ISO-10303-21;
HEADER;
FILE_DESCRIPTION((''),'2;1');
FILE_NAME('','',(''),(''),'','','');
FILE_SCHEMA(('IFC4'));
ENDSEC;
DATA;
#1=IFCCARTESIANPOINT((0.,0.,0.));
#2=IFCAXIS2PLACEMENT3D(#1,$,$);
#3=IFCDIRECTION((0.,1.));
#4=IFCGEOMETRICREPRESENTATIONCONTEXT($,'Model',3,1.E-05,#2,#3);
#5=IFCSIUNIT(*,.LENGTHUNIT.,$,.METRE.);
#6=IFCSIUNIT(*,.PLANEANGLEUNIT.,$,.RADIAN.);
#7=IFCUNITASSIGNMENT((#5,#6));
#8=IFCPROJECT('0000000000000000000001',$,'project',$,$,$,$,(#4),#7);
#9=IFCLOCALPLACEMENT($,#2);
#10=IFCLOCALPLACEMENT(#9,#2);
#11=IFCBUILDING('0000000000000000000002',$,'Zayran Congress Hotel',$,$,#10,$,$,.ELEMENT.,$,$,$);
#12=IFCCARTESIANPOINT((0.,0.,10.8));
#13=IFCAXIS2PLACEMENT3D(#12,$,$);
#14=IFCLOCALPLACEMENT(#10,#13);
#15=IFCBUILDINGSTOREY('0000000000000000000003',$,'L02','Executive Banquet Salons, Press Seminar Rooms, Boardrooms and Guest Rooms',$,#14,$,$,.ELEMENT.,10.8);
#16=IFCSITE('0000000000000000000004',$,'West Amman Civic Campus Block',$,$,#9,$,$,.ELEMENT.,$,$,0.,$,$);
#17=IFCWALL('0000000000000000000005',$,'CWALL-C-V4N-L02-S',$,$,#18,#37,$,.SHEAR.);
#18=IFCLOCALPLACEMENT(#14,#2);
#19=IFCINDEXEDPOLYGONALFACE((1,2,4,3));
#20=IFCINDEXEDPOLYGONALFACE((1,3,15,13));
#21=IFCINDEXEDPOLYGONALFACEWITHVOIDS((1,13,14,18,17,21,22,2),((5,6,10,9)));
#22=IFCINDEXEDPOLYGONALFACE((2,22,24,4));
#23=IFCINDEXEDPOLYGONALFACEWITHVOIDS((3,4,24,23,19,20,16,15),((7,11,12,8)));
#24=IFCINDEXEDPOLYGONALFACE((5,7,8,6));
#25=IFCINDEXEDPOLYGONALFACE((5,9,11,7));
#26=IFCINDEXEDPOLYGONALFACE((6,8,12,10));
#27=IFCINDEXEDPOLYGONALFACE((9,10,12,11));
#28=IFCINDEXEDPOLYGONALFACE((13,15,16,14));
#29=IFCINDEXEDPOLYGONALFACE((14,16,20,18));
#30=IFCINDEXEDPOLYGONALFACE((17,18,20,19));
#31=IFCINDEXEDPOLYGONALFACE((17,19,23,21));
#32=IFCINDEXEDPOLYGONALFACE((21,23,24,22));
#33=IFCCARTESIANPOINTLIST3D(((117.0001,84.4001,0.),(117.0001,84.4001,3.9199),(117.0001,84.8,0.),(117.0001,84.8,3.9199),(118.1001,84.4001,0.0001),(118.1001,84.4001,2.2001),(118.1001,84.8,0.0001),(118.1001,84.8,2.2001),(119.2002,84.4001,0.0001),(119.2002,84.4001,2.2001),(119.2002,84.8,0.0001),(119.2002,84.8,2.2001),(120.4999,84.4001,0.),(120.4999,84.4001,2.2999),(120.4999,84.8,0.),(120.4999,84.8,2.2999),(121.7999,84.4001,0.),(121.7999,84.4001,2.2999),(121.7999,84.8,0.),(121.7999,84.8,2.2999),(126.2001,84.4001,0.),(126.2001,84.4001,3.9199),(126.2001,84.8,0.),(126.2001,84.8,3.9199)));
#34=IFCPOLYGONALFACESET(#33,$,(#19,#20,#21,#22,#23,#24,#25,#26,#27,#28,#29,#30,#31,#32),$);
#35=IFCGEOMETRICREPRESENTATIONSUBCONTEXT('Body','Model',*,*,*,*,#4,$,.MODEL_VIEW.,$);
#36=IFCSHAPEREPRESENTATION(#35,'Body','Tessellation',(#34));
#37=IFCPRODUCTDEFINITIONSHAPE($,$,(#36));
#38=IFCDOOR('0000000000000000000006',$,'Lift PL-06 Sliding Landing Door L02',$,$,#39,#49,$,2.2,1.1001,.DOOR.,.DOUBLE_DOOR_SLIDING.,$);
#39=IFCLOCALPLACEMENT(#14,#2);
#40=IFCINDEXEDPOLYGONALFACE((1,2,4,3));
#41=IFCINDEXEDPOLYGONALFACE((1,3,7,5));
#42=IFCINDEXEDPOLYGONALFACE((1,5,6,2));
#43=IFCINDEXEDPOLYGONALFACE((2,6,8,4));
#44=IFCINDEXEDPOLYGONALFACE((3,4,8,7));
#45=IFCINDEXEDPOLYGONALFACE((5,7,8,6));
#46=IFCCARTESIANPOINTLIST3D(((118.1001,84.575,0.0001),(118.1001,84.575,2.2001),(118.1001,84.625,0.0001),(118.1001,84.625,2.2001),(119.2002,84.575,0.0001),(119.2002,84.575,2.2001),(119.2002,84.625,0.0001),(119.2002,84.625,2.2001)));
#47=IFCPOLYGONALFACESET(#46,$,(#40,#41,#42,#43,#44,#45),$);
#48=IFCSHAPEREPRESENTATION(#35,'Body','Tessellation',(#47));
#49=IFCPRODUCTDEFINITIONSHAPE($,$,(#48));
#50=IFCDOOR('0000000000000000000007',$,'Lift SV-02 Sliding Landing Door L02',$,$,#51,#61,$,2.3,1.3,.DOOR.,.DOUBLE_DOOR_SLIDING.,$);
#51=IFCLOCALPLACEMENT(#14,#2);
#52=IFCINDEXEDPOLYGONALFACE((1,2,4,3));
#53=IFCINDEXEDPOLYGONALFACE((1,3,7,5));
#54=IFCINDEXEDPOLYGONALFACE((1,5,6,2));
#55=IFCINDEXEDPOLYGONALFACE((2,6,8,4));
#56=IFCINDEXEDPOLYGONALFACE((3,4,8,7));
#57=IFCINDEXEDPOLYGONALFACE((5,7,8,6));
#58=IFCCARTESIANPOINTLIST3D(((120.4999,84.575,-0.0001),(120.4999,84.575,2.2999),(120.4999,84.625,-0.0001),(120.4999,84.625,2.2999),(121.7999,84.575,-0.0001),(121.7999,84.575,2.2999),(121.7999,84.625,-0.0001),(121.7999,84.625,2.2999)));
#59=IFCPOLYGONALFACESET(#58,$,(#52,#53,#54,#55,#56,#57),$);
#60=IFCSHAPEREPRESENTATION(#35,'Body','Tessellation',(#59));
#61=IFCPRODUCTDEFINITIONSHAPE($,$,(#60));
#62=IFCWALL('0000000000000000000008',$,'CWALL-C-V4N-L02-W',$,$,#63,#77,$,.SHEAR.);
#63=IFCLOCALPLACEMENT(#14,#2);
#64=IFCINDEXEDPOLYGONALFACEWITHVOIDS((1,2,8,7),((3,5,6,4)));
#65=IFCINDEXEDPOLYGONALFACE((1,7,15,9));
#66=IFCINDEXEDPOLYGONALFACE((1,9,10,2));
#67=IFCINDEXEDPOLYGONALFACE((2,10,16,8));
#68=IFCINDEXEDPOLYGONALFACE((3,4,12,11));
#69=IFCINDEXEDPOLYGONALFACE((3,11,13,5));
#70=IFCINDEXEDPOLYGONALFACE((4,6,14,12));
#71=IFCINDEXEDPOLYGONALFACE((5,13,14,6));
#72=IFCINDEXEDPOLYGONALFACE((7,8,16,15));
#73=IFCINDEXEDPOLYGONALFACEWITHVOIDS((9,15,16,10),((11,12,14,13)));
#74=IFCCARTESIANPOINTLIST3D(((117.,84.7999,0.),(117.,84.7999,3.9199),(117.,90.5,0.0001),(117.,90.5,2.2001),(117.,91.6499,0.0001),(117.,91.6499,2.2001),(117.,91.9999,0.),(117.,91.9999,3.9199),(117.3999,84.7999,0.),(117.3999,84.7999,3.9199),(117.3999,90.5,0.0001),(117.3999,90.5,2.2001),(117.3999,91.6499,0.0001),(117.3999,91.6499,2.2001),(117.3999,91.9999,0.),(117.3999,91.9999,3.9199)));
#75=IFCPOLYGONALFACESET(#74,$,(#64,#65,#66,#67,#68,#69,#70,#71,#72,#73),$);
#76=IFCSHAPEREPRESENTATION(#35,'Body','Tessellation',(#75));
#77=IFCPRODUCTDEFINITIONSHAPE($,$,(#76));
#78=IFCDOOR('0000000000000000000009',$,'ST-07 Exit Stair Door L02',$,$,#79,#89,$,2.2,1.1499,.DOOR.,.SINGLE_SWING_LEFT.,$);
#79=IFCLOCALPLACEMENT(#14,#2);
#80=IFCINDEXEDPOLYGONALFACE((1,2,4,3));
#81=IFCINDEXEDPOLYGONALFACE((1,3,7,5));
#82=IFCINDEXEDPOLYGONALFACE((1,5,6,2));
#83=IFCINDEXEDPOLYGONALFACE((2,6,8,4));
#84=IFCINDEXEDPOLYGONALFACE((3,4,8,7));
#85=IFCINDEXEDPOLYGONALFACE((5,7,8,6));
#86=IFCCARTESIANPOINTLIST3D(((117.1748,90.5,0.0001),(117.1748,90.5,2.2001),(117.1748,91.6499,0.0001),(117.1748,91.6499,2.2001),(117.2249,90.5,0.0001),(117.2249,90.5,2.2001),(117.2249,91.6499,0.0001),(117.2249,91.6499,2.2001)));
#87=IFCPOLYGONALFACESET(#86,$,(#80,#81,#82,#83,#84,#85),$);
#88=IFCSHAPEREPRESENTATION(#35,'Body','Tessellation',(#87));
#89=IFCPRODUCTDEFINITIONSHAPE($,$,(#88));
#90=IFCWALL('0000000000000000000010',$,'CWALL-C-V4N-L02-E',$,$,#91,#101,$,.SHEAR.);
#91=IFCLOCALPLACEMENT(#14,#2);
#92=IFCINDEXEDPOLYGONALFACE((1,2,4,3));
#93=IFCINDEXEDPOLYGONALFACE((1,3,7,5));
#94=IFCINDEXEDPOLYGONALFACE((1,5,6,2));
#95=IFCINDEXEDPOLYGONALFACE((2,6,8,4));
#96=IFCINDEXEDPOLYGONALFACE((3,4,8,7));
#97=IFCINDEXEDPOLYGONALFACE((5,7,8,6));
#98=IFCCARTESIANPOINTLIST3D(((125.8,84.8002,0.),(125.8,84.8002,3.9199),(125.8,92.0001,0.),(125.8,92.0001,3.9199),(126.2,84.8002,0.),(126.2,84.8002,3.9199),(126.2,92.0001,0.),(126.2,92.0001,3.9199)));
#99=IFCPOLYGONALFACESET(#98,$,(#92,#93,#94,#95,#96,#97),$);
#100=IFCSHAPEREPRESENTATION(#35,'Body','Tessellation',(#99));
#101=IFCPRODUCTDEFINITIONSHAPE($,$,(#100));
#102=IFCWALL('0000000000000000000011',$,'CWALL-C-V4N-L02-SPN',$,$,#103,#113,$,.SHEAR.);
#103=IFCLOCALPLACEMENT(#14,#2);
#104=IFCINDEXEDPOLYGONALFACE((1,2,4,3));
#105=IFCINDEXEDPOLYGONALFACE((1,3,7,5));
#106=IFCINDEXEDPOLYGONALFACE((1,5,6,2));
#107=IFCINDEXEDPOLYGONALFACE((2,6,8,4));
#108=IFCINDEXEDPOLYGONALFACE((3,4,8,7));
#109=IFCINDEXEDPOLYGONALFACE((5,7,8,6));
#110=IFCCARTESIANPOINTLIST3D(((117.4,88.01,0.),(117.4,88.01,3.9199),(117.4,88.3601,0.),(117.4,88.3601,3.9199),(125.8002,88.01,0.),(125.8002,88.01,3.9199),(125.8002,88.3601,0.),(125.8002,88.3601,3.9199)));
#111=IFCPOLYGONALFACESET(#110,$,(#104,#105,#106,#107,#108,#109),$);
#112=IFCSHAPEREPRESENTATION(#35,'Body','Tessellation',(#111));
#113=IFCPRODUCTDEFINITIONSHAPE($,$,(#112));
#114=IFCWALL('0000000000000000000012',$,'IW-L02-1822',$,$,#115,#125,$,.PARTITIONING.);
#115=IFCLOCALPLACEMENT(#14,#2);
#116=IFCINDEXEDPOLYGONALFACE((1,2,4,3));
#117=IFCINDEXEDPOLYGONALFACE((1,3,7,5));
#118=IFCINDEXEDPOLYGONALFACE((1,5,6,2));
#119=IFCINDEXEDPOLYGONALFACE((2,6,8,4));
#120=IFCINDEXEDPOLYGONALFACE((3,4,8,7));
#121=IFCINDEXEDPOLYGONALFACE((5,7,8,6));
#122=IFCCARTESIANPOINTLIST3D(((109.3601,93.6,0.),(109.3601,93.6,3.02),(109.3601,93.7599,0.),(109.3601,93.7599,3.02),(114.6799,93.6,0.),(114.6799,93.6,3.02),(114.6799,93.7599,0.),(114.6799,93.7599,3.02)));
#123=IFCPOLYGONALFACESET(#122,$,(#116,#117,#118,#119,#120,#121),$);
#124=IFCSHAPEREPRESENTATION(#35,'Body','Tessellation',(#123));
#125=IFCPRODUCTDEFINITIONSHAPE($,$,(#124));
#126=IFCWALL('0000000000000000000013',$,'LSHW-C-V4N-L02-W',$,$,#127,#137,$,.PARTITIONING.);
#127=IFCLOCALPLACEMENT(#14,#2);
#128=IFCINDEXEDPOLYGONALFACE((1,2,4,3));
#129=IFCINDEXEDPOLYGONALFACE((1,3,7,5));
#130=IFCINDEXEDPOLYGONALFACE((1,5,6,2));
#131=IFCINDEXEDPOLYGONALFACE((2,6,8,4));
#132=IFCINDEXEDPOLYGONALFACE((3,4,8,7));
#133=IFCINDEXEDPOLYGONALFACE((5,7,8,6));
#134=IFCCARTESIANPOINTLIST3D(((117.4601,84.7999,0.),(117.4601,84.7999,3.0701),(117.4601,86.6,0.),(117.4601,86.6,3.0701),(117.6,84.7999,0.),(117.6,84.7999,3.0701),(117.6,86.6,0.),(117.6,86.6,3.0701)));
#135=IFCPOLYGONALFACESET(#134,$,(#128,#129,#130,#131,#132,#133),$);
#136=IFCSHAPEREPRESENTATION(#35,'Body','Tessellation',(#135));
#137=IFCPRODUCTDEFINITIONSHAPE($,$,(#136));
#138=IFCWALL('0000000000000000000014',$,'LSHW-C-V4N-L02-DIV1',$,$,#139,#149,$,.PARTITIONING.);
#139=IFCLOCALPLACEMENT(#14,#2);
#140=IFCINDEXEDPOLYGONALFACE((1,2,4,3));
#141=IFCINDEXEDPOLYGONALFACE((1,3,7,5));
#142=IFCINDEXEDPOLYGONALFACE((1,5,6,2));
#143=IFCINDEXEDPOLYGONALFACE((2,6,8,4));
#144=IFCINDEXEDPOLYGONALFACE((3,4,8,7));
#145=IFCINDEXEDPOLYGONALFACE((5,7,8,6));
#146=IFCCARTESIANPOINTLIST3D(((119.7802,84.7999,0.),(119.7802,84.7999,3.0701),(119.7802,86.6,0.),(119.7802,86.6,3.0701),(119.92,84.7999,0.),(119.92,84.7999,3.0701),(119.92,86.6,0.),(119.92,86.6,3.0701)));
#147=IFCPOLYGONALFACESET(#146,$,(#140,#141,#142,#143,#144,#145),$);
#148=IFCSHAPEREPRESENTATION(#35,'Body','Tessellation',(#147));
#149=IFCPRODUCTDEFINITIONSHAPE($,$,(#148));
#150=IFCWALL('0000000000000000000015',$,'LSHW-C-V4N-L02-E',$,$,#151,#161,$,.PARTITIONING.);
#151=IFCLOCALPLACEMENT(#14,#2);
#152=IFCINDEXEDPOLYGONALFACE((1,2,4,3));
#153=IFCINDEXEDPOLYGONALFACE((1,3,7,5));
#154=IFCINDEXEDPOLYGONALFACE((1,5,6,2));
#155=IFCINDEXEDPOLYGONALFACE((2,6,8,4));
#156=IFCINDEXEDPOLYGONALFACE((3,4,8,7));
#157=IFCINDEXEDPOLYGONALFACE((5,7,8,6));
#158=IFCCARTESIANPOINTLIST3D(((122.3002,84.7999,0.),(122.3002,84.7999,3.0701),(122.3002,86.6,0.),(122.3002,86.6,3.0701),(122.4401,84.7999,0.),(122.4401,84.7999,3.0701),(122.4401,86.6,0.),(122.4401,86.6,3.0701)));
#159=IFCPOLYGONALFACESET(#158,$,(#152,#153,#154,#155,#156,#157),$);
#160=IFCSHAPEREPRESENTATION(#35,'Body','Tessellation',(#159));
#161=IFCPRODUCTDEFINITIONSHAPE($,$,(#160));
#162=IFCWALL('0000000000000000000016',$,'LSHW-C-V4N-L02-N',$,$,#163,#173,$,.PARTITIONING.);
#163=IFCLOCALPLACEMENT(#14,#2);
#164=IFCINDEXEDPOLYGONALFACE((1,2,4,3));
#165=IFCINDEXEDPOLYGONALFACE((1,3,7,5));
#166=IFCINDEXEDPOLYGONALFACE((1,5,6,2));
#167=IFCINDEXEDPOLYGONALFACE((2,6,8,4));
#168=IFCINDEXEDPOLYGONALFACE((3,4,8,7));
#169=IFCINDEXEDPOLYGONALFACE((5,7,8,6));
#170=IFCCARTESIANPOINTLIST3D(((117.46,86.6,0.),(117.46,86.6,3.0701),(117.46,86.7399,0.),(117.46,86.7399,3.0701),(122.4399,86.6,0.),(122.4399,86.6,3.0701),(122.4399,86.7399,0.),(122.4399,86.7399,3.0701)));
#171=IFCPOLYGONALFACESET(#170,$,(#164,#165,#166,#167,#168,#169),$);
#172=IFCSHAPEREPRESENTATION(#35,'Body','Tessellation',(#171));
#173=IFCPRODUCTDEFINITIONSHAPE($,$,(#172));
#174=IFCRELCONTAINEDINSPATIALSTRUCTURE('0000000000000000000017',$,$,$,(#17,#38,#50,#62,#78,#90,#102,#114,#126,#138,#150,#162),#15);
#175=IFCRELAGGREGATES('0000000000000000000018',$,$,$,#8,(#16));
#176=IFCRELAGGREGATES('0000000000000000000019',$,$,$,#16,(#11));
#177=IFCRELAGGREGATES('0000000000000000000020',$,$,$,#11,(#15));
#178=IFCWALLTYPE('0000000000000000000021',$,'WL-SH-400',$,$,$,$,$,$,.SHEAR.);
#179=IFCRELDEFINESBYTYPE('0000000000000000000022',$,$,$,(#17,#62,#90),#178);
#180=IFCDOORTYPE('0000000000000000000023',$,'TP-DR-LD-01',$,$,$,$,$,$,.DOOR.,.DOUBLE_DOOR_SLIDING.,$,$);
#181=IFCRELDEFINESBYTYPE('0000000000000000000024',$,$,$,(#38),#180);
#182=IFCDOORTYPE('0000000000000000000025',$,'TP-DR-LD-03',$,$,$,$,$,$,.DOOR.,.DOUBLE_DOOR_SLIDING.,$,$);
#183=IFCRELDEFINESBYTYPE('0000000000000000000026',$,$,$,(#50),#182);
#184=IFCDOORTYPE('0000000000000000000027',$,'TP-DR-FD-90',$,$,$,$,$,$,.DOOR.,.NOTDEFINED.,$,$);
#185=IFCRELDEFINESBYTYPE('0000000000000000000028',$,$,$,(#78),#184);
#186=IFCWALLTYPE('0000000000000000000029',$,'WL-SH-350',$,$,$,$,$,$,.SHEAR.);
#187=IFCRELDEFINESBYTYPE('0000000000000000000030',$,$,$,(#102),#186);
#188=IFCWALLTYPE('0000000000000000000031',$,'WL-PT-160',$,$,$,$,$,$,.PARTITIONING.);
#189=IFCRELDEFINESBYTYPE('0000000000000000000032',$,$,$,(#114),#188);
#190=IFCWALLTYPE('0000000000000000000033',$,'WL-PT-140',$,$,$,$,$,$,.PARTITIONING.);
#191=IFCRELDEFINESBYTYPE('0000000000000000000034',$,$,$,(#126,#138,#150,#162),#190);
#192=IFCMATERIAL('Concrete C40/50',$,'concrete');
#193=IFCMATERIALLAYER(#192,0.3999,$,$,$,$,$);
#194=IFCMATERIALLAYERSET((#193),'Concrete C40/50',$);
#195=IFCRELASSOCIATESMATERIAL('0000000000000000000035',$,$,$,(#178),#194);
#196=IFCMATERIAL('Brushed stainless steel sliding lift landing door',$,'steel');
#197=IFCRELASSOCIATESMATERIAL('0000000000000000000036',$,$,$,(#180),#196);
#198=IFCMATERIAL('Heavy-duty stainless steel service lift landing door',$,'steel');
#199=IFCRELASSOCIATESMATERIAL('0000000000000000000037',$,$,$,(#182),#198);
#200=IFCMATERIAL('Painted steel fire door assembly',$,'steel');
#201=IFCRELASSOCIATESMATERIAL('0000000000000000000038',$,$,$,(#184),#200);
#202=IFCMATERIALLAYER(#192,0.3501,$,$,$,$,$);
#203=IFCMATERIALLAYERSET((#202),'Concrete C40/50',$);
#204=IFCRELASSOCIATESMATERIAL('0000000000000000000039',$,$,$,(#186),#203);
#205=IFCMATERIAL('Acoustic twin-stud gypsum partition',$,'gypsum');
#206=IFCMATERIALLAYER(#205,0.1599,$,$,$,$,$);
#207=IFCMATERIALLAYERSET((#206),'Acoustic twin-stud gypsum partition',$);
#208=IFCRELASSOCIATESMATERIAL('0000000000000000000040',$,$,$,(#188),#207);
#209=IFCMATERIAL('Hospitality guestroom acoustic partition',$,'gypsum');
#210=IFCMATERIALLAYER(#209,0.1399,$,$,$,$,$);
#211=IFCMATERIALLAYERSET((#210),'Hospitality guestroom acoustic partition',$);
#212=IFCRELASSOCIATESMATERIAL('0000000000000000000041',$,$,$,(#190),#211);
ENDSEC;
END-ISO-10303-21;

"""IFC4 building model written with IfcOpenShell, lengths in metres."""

from ifc_helpers import new_model, si_unit, direction, frame, frame_2d, origin, place, context, subcontext, project, spatial, rectangle, extrude, material, layer, layer_set, type_object, element, fill, save


model = new_model("IFC4")

# Units and contexts
model_context = context("Model", 3, precision=1e-05, world=origin(), true_north=direction((0.0, 1.0)))
body_context = subcontext(model_context, "Body", "Model", "MODEL_VIEW")
ifc_project = project(units=[si_unit("LENGTHUNIT", "METRE"), si_unit("PLANEANGLEUNIT", "RADIAN")], contexts=[model_context])

# Site, building, storey
site_placement = place(None, origin())
site = spatial("IfcSite", under=ifc_project, at=site_placement, Name="West Amman Civic Campus Block", CompositionType="ELEMENT", RefElevation=0.0)
building_placement = place(site_placement, origin())
building = spatial("IfcBuilding", under=site, at=building_placement, Name="Zayran Congress Hotel", CompositionType="ELEMENT")
storey_placement = place(building_placement, frame((0.0, 0.0, 10.8)))
storey = spatial("IfcBuildingStorey", under=building, at=storey_placement, Name="L02", Description="Executive Banquet Salons, Press Seminar Rooms, Boardrooms and Guest Rooms", CompositionType="ELEMENT", Elevation=10.8)

# Shared definitions
ifc_material_1 = material(Name="Concrete C40/50", Category="concrete")

# Wall, openings, doors
ifc_layer_1 = layer(ifc_material_1, 0.3999)
ifc_layer_set_1 = layer_set([ifc_layer_1], Name="Concrete C40/50")
wall_type_1 = type_object("IfcWallType", Name="WL-SH-400", PredefinedType="SHEAR", material=ifc_layer_set_1)
wall_1_placement = place(storey_placement, frame((117.0, 84.6001, 0.0), z_axis=(0.0, 0.0, 1.0), x_axis=(1.0, 0.0, 0.0)))
wall_1 = element("IfcWall", 1, at=wall_1_placement, inside=storey, type_object=wall_type_1, Name="CWALL-C-V4N-L02-S", PredefinedType="SHEAR", context=body_context, shape_type="SweptSolid", body=[
    extrude(rectangle(XDim=9.2, YDim=0.3999, at=frame_2d((4.6001, 0.0))), origin(), (0.0, 0.0, 1.0), 3.9199),
])
opening_1_placement = place(wall_1_placement, frame((1.1001, 0.0, 0.0)))
opening_1 = element("IfcOpeningElement", 2, at=opening_1_placement, cuts=wall_1, PredefinedType="OPENING", context=body_context, shape_type="SweptSolid", body=[
    extrude(rectangle(XDim=1.1001, YDim=2.2, at=frame_2d((0.55, 1.1001))), frame((0.0, 0.21, 0.0), z_axis=(0.0, -1.0, 0.0), x_axis=(1.0, 0.0, 0.0)), (0.0, 0.0, 1.0), 0.4199),
])
opening_2_placement = place(wall_1_placement, frame((3.5, 0.0, 0.0)))
opening_2 = element("IfcOpeningElement", 3, at=opening_2_placement, cuts=wall_1, PredefinedType="OPENING", context=body_context, shape_type="SweptSolid", body=[
    extrude(rectangle(XDim=1.3, YDim=2.3, at=frame_2d((0.6499, 1.1499))), frame((0.0, 0.21, 0.0), z_axis=(0.0, -1.0, 0.0), x_axis=(1.0, 0.0, 0.0)), (0.0, 0.0, 1.0), 0.4199),
])
ifc_material_2 = material(Name="Brushed stainless steel sliding lift landing door", Category="steel")
door_type_1 = type_object("IfcDoorType", Name="TP-DR-LD-01", OperationType="DOUBLE_DOOR_SLIDING", PredefinedType="DOOR", material=ifc_material_2)
door_1_placement = place(opening_1_placement, origin())
door_1 = element("IfcDoor", 4, at=door_1_placement, inside=storey, type_object=door_type_1, Name="Lift PL-06 Sliding Landing Door L02", OperationType="DOUBLE_DOOR_SLIDING", OverallHeight=2.2, OverallWidth=1.1001, PredefinedType="DOOR", context=body_context, shape_type="SweptSolid", body=[
    extrude(rectangle(XDim=1.1001, YDim=2.2, at=frame_2d((0.55, 1.1001))), frame((0.0, 0.0249, 0.0), z_axis=(0.0, -1.0, 0.0), x_axis=(1.0, 0.0, 0.0)), (0.0, 0.0, 1.0), 0.05),
])
fill(opening_1, door_1)
ifc_material_3 = material(Name="Heavy-duty stainless steel service lift landing door", Category="steel")
door_type_2 = type_object("IfcDoorType", Name="TP-DR-LD-03", OperationType="DOUBLE_DOOR_SLIDING", PredefinedType="DOOR", material=ifc_material_3)
door_2_placement = place(opening_2_placement, origin())
door_2 = element("IfcDoor", 5, at=door_2_placement, inside=storey, type_object=door_type_2, Name="Lift SV-02 Sliding Landing Door L02", OperationType="DOUBLE_DOOR_SLIDING", OverallHeight=2.3, OverallWidth=1.3, PredefinedType="DOOR", context=body_context, shape_type="SweptSolid", body=[
    extrude(rectangle(XDim=1.3, YDim=2.3, at=frame_2d((0.6499, 1.1499))), frame((0.0, 0.0249, 0.0), z_axis=(0.0, -1.0, 0.0), x_axis=(1.0, 0.0, 0.0)), (0.0, 0.0, 1.0), 0.05),
])
fill(opening_2, door_2)

# Wall, opening, door
wall_2_placement = place(storey_placement, frame((117.2, 92.0, 0.0), z_axis=(0.0, 0.0, 1.0), x_axis=(0.0, -1.0, 0.0)))
wall_2 = element("IfcWall", 6, at=wall_2_placement, inside=storey, type_object=wall_type_1, Name="CWALL-C-V4N-L02-W", PredefinedType="SHEAR", context=body_context, shape_type="SweptSolid", body=[
    extrude(rectangle(XDim=7.2, YDim=0.3999, at=frame_2d((3.6001, 0.0))), origin(), (0.0, 0.0, 1.0), 3.9199),
])
opening_3_placement = place(wall_2_placement, frame((0.3501, 0.0, 0.0)))
opening_3 = element("IfcOpeningElement", 7, at=opening_3_placement, cuts=wall_2, PredefinedType="OPENING", context=body_context, shape_type="SweptSolid", body=[
    extrude(rectangle(XDim=1.1499, YDim=2.2, at=frame_2d((0.575, 1.1001))), frame((0.0, 0.21, 0.0), z_axis=(0.0, -1.0, 0.0), x_axis=(1.0, 0.0, 0.0)), (0.0, 0.0, 1.0), 0.4199),
])
ifc_material_4 = material(Name="Painted steel fire door assembly", Category="steel")
door_type_3 = type_object("IfcDoorType", Name="TP-DR-FD-90", OperationType="NOTDEFINED", PredefinedType="DOOR", material=ifc_material_4)
door_3_placement = place(opening_3_placement, origin())
door_3 = element("IfcDoor", 8, at=door_3_placement, inside=storey, type_object=door_type_3, Name="ST-07 Exit Stair Door L02", OperationType="SINGLE_SWING_LEFT", OverallHeight=2.2, OverallWidth=1.1499, PredefinedType="DOOR", context=body_context, shape_type="SweptSolid", body=[
    extrude(rectangle(XDim=1.1499, YDim=2.2, at=frame_2d((0.575, 1.1001))), frame((0.0, 0.0249, 0.0), z_axis=(0.0, -1.0, 0.0), x_axis=(1.0, 0.0, 0.0)), (0.0, 0.0, 1.0), 0.05),
])
fill(opening_3, door_3)

# Walls
wall_3_placement = place(storey_placement, frame((126.0, 84.8, 0.0), z_axis=(0.0, 0.0, 1.0), x_axis=(0.0, 1.0, 0.0)))
element("IfcWall", 9, at=wall_3_placement, inside=storey, type_object=wall_type_1, Name="CWALL-C-V4N-L02-E", PredefinedType="SHEAR", context=body_context, shape_type="SweptSolid", body=[
    extrude(rectangle(XDim=7.2, YDim=0.3999, at=frame_2d((3.6001, 0.0))), origin(), (0.0, 0.0, 1.0), 3.9199),
])
ifc_layer_2 = layer(ifc_material_1, 0.3501)
ifc_layer_set_2 = layer_set([ifc_layer_2], Name="Concrete C40/50")
wall_type_2 = type_object("IfcWallType", Name="WL-SH-350", PredefinedType="SHEAR", material=ifc_layer_set_2)
wall_4_placement = place(storey_placement, frame((117.3999, 88.1851, 0.0), z_axis=(0.0, 0.0, 1.0), x_axis=(1.0, 0.0, 0.0)))
element("IfcWall", 10, at=wall_4_placement, inside=storey, type_object=wall_type_2, Name="CWALL-C-V4N-L02-SPN", PredefinedType="SHEAR", context=body_context, shape_type="SweptSolid", body=[
    extrude(rectangle(XDim=8.4001, YDim=0.3501, at=frame_2d((4.2002, 0.0))), origin(), (0.0, 0.0, 1.0), 3.9199),
])
ifc_material_5 = material(Name="Acoustic twin-stud gypsum partition", Category="gypsum")
ifc_layer_3 = layer(ifc_material_5, 0.1599)
ifc_layer_set_3 = layer_set([ifc_layer_3], Name="Acoustic twin-stud gypsum partition")
wall_type_3 = type_object("IfcWallType", Name="WL-PT-160", PredefinedType="PARTITIONING", material=ifc_layer_set_3)
wall_5_placement = place(storey_placement, frame((109.3601, 93.6799, 0.0), z_axis=(0.0, 0.0, 1.0), x_axis=(1.0, 0.0, 0.0)))
element("IfcWall", 11, at=wall_5_placement, inside=storey, type_object=wall_type_3, Name="IW-L02-1822", PredefinedType="PARTITIONING", context=body_context, shape_type="SweptSolid", body=[
    extrude(rectangle(XDim=5.3198, YDim=0.1599, at=frame_2d((2.6599, 0.0))), origin(), (0.0, 0.0, 1.0), 3.02),
])
ifc_material_6 = material(Name="Hospitality guestroom acoustic partition", Category="gypsum")
ifc_layer_4 = layer(ifc_material_6, 0.1399)
ifc_layer_set_4 = layer_set([ifc_layer_4], Name="Hospitality guestroom acoustic partition")
wall_type_4 = type_object("IfcWallType", Name="WL-PT-140", PredefinedType="PARTITIONING", material=ifc_layer_set_4)
for number, where, z_axis, x_axis, name in (
    (12, (117.53, 84.8, 0.0), (0.0, 0.0, 1.0), (0.0, 1.0, 0.0), "LSHW-C-V4N-L02-W"),
    (13, (119.8501, 84.8, 0.0), (0.0, 0.0, 1.0), (0.0, 1.0, 0.0), "LSHW-C-V4N-L02-DIV1"),
    (14, (122.3701, 84.8, 0.0), (0.0, 0.0, 1.0), (0.0, 1.0, 0.0), "LSHW-C-V4N-L02-E"),
):
    element("IfcWall", number, at=place(storey_placement, frame(where, z_axis=z_axis, x_axis=x_axis)), inside=storey, type_object=wall_type_4, Name=name, PredefinedType="PARTITIONING", context=body_context, shape_type="SweptSolid", body=[
        extrude(rectangle(XDim=1.8, YDim=0.1399, at=frame_2d((0.8999, 0.0))), origin(), (0.0, 0.0, 1.0), 3.0701),
    ])
wall_6_placement = place(storey_placement, frame((117.46, 86.6699, 0.0), z_axis=(0.0, 0.0, 1.0), x_axis=(1.0, 0.0, 0.0)))
element("IfcWall", 15, at=wall_6_placement, inside=storey, type_object=wall_type_4, Name="LSHW-C-V4N-L02-N", PredefinedType="PARTITIONING", context=body_context, shape_type="SweptSolid", body=[
    extrude(rectangle(XDim=4.98, YDim=0.1399, at=frame_2d((2.49, 0.0))), origin(), (0.0, 0.0, 1.0), 3.0701),
])

save(model, "model.ifc")
